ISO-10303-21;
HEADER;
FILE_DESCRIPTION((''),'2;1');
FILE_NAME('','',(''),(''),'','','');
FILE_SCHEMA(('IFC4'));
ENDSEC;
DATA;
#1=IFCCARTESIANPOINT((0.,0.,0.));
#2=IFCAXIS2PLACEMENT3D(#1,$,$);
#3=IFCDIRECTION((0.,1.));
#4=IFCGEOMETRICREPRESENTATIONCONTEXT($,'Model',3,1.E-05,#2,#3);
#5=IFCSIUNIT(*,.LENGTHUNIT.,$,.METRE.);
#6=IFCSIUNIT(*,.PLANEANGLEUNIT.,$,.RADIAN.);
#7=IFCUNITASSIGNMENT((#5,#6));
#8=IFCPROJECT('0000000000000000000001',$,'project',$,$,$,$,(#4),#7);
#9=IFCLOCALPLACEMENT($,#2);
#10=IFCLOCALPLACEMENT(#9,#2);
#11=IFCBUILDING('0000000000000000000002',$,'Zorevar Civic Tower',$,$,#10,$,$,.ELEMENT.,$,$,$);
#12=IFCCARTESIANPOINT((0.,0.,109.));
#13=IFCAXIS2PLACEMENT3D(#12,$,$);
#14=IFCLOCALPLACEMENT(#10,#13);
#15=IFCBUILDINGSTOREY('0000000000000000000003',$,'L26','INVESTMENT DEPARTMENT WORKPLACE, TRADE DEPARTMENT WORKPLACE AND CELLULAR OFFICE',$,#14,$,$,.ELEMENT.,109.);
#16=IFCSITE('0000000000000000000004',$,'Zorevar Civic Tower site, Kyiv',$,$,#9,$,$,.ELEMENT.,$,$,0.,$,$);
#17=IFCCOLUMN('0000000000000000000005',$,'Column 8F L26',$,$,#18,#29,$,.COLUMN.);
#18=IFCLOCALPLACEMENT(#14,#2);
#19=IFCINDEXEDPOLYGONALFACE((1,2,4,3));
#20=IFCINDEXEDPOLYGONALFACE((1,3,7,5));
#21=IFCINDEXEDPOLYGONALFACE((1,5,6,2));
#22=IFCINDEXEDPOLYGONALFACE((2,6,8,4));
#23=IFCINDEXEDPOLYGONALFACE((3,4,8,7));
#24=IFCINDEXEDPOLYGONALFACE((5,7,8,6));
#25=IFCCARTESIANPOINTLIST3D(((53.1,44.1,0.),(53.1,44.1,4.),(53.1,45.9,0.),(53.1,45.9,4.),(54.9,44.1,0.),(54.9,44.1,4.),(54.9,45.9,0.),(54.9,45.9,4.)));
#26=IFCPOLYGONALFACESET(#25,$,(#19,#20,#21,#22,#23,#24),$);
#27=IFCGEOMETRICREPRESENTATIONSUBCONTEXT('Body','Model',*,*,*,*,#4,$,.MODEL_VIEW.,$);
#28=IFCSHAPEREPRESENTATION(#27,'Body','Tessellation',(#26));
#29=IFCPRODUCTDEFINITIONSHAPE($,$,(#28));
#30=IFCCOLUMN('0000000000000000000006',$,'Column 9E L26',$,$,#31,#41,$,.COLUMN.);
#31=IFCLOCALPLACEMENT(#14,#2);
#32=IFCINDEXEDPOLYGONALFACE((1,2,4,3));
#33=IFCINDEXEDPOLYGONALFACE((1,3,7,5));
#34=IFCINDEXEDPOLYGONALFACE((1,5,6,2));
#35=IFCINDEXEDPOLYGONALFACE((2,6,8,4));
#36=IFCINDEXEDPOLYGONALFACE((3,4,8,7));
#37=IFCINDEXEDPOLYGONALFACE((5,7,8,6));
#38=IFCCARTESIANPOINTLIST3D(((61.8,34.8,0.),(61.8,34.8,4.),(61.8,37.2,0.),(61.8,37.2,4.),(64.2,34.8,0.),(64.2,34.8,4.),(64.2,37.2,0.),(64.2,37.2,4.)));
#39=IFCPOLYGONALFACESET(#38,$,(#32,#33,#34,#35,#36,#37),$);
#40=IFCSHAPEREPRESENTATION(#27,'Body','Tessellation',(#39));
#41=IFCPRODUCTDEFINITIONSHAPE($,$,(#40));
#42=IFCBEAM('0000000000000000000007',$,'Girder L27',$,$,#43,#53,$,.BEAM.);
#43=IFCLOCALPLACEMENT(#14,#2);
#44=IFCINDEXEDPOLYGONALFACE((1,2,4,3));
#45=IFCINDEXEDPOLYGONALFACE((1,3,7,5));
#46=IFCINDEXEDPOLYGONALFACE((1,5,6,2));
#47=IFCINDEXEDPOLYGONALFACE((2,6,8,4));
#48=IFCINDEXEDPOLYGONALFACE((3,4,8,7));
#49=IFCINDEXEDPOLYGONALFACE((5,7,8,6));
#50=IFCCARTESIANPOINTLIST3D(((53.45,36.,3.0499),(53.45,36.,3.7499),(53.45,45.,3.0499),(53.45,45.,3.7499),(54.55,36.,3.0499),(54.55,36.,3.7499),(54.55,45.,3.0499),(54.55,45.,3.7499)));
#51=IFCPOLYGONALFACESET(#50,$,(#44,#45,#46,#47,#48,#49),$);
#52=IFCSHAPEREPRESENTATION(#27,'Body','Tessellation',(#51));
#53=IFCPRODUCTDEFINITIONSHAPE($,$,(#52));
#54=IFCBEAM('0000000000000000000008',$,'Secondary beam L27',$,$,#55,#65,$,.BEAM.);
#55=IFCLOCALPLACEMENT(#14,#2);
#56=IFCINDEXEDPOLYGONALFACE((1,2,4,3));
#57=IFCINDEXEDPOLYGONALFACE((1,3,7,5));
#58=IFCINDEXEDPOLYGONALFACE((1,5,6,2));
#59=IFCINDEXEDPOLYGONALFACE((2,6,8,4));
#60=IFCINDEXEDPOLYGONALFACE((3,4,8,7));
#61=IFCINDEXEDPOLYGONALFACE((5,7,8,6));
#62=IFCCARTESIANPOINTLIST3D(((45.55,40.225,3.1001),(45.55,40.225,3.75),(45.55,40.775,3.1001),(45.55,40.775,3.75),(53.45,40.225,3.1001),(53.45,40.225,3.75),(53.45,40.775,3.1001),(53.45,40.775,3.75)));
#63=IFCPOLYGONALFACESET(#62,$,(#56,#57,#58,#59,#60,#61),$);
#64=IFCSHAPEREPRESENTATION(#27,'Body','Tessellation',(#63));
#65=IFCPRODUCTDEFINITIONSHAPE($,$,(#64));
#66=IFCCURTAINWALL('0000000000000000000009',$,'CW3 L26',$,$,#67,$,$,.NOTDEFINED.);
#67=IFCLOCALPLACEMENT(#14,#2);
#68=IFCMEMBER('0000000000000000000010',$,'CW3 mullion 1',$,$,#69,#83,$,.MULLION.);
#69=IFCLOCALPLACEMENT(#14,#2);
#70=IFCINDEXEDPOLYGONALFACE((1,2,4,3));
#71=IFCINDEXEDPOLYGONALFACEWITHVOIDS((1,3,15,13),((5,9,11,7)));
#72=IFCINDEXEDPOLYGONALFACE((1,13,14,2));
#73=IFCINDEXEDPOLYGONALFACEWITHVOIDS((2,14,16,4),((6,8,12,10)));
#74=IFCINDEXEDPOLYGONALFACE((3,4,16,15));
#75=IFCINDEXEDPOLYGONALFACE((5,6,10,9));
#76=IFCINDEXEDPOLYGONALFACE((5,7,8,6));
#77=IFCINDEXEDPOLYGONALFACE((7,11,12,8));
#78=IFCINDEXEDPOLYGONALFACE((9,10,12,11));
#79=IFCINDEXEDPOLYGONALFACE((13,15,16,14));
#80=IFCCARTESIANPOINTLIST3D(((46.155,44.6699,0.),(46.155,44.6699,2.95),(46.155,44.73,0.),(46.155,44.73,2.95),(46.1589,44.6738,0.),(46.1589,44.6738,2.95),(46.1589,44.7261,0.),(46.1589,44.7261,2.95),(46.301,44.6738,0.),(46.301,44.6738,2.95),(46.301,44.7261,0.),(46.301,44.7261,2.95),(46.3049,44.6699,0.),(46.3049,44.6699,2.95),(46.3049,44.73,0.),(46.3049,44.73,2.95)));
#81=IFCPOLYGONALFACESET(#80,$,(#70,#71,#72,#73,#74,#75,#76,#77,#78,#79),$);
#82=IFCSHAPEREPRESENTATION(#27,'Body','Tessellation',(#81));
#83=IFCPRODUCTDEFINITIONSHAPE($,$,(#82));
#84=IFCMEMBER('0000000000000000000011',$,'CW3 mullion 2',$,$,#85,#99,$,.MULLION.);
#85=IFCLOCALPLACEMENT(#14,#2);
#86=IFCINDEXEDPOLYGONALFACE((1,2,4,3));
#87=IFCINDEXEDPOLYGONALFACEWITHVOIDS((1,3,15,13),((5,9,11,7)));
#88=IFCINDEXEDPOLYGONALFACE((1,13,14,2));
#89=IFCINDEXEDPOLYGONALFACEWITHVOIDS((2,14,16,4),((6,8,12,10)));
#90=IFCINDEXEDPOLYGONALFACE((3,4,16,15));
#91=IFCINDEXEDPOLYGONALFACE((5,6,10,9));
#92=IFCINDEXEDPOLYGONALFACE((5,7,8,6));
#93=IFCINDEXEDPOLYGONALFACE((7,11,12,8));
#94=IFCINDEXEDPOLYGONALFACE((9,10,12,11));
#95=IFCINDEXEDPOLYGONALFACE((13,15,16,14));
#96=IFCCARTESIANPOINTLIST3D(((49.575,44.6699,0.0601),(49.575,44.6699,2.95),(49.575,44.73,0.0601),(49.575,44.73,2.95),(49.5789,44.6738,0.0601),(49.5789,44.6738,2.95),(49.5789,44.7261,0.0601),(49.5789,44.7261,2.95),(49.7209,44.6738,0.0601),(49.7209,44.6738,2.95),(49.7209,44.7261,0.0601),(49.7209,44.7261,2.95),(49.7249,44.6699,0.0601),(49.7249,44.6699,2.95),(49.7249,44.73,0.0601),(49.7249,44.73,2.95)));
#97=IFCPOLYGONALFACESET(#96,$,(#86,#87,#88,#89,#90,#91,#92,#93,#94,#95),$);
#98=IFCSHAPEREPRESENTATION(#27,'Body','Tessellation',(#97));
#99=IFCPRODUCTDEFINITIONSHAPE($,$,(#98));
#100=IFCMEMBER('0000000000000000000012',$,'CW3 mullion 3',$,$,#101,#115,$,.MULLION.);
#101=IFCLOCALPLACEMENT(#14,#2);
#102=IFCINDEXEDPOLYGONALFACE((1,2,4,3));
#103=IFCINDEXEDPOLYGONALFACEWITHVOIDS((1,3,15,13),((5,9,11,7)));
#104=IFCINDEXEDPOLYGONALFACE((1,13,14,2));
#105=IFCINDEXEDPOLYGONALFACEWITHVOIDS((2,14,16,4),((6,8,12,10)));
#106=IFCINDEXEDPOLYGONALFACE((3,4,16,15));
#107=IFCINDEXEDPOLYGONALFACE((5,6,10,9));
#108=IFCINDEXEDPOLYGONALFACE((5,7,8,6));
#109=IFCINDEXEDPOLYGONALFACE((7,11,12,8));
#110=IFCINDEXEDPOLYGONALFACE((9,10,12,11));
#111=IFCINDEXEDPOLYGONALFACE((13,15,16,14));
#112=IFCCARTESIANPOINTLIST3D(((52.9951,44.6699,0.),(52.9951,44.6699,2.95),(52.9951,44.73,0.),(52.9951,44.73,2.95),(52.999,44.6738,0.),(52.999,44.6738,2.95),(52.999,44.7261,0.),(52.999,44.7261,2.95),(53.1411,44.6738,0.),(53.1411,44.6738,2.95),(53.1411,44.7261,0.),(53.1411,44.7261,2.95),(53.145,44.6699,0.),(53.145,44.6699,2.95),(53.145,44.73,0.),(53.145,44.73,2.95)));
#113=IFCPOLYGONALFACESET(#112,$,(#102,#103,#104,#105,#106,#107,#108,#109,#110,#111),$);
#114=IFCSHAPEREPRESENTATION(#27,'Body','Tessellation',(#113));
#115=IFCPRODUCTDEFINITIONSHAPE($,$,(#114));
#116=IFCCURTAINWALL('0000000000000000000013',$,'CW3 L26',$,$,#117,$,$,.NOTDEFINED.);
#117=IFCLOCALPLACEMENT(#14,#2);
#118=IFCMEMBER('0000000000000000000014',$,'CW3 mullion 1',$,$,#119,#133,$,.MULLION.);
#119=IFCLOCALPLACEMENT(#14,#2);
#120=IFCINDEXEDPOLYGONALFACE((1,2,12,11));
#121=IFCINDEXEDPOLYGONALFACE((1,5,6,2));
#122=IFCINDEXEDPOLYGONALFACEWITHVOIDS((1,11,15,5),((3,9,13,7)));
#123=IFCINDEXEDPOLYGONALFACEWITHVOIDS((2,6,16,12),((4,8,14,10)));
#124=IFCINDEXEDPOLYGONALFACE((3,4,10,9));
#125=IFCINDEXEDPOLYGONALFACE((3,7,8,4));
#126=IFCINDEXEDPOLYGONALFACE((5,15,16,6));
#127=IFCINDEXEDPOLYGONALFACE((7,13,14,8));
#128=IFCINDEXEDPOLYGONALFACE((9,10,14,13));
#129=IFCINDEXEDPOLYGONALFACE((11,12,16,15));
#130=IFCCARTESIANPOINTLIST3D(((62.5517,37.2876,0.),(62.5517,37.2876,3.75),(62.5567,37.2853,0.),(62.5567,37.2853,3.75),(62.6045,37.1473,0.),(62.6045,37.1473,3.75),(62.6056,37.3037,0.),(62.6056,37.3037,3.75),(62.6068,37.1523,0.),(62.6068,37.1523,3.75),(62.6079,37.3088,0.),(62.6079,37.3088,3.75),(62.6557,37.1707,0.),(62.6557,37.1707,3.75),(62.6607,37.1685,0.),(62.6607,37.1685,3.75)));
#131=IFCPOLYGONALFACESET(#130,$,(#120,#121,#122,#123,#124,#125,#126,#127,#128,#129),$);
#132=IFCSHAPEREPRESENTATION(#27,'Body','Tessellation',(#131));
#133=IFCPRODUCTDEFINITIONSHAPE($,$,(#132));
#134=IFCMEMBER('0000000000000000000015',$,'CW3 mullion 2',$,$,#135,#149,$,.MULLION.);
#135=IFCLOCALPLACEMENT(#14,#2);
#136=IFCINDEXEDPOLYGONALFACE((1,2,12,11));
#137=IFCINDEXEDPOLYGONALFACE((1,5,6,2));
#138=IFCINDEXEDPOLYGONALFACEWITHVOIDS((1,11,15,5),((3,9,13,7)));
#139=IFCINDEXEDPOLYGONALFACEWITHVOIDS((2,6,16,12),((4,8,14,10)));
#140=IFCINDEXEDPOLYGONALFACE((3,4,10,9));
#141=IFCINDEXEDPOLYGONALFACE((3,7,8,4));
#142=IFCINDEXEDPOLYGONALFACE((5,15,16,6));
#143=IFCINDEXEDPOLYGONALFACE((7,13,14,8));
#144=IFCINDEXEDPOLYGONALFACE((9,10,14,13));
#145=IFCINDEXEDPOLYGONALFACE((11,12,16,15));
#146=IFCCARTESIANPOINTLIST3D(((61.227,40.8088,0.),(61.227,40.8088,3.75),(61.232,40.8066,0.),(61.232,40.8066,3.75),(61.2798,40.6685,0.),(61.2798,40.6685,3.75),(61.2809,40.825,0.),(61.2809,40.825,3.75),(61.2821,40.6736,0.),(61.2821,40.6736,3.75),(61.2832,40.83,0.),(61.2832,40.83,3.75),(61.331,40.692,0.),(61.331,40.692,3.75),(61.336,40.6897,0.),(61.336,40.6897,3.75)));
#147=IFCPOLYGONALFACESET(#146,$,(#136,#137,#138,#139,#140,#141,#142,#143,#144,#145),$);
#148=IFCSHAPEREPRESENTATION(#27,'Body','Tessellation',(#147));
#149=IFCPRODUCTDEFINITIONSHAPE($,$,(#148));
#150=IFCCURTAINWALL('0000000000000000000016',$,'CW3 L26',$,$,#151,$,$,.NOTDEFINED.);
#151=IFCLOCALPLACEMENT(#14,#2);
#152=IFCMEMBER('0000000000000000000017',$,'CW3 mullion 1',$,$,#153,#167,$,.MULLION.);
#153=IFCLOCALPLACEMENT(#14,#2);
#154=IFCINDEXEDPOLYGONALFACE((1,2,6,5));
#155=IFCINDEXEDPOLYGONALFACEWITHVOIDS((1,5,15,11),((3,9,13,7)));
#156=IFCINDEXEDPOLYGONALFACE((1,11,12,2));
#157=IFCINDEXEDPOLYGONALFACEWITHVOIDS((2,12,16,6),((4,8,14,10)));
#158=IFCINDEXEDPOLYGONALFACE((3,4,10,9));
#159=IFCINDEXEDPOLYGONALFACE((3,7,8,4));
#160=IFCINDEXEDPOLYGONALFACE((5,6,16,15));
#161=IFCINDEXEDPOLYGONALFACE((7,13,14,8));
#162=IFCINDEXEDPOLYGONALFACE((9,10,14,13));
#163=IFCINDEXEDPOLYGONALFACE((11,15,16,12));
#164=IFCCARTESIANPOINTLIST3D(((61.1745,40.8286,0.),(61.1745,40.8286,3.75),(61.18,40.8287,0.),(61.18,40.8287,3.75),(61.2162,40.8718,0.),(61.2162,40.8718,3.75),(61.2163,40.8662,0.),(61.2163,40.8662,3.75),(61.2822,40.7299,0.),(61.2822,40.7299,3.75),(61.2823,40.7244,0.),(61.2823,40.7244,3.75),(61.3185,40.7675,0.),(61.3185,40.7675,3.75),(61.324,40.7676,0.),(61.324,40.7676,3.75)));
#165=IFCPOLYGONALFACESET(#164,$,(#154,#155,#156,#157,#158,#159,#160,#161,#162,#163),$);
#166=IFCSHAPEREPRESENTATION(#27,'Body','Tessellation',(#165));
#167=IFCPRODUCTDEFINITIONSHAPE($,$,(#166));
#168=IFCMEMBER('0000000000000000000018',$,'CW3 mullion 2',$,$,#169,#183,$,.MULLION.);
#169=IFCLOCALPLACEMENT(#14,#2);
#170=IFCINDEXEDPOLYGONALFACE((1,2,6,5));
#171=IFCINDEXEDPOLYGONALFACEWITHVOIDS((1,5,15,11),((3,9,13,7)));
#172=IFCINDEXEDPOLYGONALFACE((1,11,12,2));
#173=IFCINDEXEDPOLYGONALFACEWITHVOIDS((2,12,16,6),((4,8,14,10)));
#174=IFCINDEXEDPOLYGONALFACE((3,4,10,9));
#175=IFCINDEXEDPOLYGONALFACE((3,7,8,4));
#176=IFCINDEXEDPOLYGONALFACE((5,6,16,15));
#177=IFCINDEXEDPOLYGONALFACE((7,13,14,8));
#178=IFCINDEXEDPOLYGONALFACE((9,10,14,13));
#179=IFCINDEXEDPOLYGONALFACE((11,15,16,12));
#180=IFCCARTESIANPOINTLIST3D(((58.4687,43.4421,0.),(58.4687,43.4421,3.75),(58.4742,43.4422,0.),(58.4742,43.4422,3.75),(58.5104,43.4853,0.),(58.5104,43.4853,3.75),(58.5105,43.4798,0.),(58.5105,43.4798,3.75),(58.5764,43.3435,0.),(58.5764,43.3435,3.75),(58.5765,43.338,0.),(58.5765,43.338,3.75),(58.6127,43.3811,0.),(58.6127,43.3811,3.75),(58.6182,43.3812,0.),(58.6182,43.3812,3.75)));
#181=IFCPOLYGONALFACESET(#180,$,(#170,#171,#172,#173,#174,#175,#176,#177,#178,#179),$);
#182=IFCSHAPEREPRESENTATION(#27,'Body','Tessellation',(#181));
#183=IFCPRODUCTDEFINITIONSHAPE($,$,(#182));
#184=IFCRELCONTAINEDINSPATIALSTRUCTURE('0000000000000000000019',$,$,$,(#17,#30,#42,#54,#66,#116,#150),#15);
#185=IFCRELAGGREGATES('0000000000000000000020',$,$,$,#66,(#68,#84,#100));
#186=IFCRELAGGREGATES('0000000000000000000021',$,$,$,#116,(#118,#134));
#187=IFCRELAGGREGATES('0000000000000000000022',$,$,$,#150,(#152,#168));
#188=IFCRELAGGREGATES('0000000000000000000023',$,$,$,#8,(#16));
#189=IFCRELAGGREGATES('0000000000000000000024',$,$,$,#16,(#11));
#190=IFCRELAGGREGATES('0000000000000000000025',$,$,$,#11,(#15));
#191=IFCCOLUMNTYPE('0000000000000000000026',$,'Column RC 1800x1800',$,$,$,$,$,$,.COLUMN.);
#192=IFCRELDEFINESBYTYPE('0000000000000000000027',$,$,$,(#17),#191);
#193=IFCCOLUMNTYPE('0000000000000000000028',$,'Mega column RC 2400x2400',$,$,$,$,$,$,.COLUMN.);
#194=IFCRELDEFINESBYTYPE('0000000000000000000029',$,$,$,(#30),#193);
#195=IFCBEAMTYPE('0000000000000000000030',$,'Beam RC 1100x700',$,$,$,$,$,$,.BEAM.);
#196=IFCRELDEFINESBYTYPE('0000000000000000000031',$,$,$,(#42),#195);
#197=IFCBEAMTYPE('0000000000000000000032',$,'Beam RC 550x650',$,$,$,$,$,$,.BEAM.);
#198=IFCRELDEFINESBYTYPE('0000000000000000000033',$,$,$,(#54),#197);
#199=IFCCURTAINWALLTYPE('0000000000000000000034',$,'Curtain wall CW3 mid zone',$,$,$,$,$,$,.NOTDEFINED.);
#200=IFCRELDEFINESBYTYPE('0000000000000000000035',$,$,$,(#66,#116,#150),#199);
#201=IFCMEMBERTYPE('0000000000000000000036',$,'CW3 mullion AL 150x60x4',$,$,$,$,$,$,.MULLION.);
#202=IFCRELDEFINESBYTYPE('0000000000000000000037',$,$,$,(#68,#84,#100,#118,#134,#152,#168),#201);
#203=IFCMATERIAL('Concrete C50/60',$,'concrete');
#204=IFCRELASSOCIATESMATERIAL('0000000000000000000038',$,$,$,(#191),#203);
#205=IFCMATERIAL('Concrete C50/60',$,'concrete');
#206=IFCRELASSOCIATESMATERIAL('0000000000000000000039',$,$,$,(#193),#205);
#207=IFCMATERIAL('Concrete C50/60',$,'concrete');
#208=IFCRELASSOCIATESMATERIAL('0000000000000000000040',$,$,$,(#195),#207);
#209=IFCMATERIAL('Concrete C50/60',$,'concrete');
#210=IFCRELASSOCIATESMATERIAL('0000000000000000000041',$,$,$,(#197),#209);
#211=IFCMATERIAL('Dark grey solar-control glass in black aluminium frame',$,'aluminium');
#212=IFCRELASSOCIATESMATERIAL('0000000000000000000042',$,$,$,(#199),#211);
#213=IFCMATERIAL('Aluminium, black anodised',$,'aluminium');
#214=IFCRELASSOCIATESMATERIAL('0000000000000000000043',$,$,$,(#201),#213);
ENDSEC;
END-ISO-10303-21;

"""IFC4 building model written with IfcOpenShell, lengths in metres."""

from ifc_helpers import new_model, si_unit, direction, frame, origin, origin_2d, place, context, subcontext, project, spatial, rectangle, hollow_rectangle, extrude, material, material_profile, profile_set, type_object, element, aggregate, save


model = new_model("IFC4")

# Units and contexts
model_context = context("Model", 3, precision=1e-05, world=origin(), true_north=direction((0.0, 1.0)))
body_context = subcontext(model_context, "Body", "Model", "MODEL_VIEW")
ifc_project = project(units=[si_unit("LENGTHUNIT", "METRE"), si_unit("PLANEANGLEUNIT", "RADIAN")], contexts=[model_context])

# Site, building, storey
site_placement = place(None, origin())
site = spatial("IfcSite", under=ifc_project, at=site_placement, Name="Zorevar Civic Tower site, Kyiv", CompositionType="ELEMENT", RefElevation=0.0)
building_placement = place(site_placement, origin())
building = spatial("IfcBuilding", under=site, at=building_placement, Name="Zorevar Civic Tower", CompositionType="ELEMENT")
storey_placement = place(building_placement, frame((0.0, 0.0, 109.0)))
storey = spatial("IfcBuildingStorey", under=building, at=storey_placement, Name="L26", Description="INVESTMENT DEPARTMENT WORKPLACE, TRADE DEPARTMENT WORKPLACE AND CELLULAR OFFICE", CompositionType="ELEMENT", Elevation=109.0)

# Columns
ifc_material_1 = material(Name="Concrete C50/60", Category="concrete")
ifc_material_profile_1 = material_profile(ifc_material_1, rectangle(XDim=1.8, YDim=1.8, at=origin_2d()), Name="RC 1800x1800")
ifc_profile_set_1 = profile_set([ifc_material_profile_1], Name="Concrete C50/60")
column_type_1 = type_object("IfcColumnType", Name="Column RC 1800x1800", PredefinedType="COLUMN", material=ifc_profile_set_1)
column_1_placement = place(storey_placement, frame((54.0, 45.0, 0.0), z_axis=(0.0, 0.0, 1.0), x_axis=(1.0, 0.0, 0.0)))
element("IfcColumn", 1, at=column_1_placement, inside=storey, type_object=column_type_1, Name="Column 8F L26", PredefinedType="COLUMN", context=body_context, shape_type="SweptSolid", body=[
    extrude(rectangle(XDim=1.8, YDim=1.8, at=origin_2d()), origin(), (0.0, 0.0, 1.0), 4.0),
])
ifc_material_2 = material(Name="Concrete C50/60", Category="concrete")
ifc_material_profile_2 = material_profile(ifc_material_2, rectangle(XDim=2.3999, YDim=2.3999, at=origin_2d()), Name="RC 2400x2400")
ifc_profile_set_2 = profile_set([ifc_material_profile_2], Name="Concrete C50/60")
column_type_2 = type_object("IfcColumnType", Name="Mega column RC 2400x2400", PredefinedType="COLUMN", material=ifc_profile_set_2)
column_2_placement = place(storey_placement, frame((63.0, 36.0, 0.0), z_axis=(0.0, 0.0, 1.0), x_axis=(1.0, 0.0, 0.0)))
element("IfcColumn", 2, at=column_2_placement, inside=storey, type_object=column_type_2, Name="Column 9E L26", PredefinedType="COLUMN", context=body_context, shape_type="SweptSolid", body=[
    extrude(rectangle(XDim=2.3999, YDim=2.3999, at=origin_2d()), origin(), (0.0, 0.0, 1.0), 4.0),
])

# Beams
ifc_material_3 = material(Name="Concrete C50/60", Category="concrete")
ifc_material_profile_3 = material_profile(ifc_material_3, rectangle(XDim=1.1001, YDim=0.7, at=origin_2d()), Name="RC 1100x700")
ifc_profile_set_3 = profile_set([ifc_material_profile_3], Name="Concrete C50/60")
beam_type_1 = type_object("IfcBeamType", Name="Beam RC 1100x700", PredefinedType="BEAM", material=ifc_profile_set_3)
beam_1_placement = place(storey_placement, frame((54.0, 36.0, 3.3999), z_axis=(0.0, 1.0, 0.0), x_axis=(-1.0, 0.0, 0.0)))
element("IfcBeam", 3, at=beam_1_placement, inside=storey, type_object=beam_type_1, Name="Girder L27", PredefinedType="BEAM", context=body_context, shape_type="SweptSolid", body=[
    extrude(rectangle(XDim=1.1001, YDim=0.7, at=origin_2d()), origin(), (0.0, 0.0, 1.0), 9.0),
])
ifc_material_4 = material(Name="Concrete C50/60", Category="concrete")
ifc_material_profile_4 = material_profile(ifc_material_4, rectangle(XDim=0.55, YDim=0.6499, at=origin_2d()), Name="RC 550x650")
ifc_profile_set_4 = profile_set([ifc_material_profile_4], Name="Concrete C50/60")
beam_type_2 = type_object("IfcBeamType", Name="Beam RC 550x650", PredefinedType="BEAM", material=ifc_profile_set_4)
beam_2_placement = place(storey_placement, frame((45.55, 40.5, 3.425), z_axis=(1.0, 0.0, 0.0), x_axis=(0.0, 1.0, 0.0)))
element("IfcBeam", 4, at=beam_2_placement, inside=storey, type_object=beam_type_2, Name="Secondary beam L27", PredefinedType="BEAM", context=body_context, shape_type="SweptSolid", body=[
    extrude(rectangle(XDim=0.55, YDim=0.6499, at=origin_2d()), origin(), (0.0, 0.0, 1.0), 7.8999),
])

# Curtain walls, members
ifc_material_5 = material(Name="Dark grey solar-control glass in black aluminium frame", Category="aluminium")
curtain_wall_type = type_object("IfcCurtainWallType", Name="Curtain wall CW3 mid zone", PredefinedType="NOTDEFINED", material=ifc_material_5)
curtain_wall_1_placement = place(storey_placement, origin())
curtain_wall_1 = element("IfcCurtainWall", 5, at=curtain_wall_1_placement, inside=storey, type_object=curtain_wall_type, Name="CW3 L26", PredefinedType="NOTDEFINED")
ifc_material_6 = material(Name="Aluminium, black anodised", Category="aluminium")
ifc_material_profile_5 = material_profile(ifc_material_6, hollow_rectangle(XDim=0.0601, YDim=0.1499, WallThickness=0.0039, at=origin_2d()), Name="AL 150x60x4")
ifc_profile_set_5 = profile_set([ifc_material_profile_5], Name="Aluminium, black anodised")
member_type_1 = type_object("IfcMemberType", Name="CW3 mullion AL 150x60x4", PredefinedType="MULLION", material=ifc_profile_set_5)
member_1_placement = place(storey_placement, frame((46.23, 44.7, 0.0), z_axis=(0.0, 0.0, 1.0), x_axis=(0.0, 1.0, 0.0)))
member_1 = element("IfcMember", 6, at=member_1_placement, type_object=member_type_1, Name="CW3 mullion 1", PredefinedType="MULLION", context=body_context, shape_type="SweptSolid", body=[
    extrude(hollow_rectangle(XDim=0.0601, YDim=0.1499, WallThickness=0.0039, at=origin_2d()), origin(), (0.0, 0.0, 1.0), 2.95),
])
member_2_placement = place(storey_placement, frame((49.6499, 44.7, 0.0601), z_axis=(0.0, 0.0, 1.0), x_axis=(0.0, 1.0, 0.0)))
member_2 = element("IfcMember", 7, at=member_2_placement, type_object=member_type_1, Name="CW3 mullion 2", PredefinedType="MULLION", context=body_context, shape_type="SweptSolid", body=[
    extrude(hollow_rectangle(XDim=0.0601, YDim=0.1499, WallThickness=0.0039, at=origin_2d()), origin(), (0.0, 0.0, 1.0), 2.8899),
])
member_3_placement = place(storey_placement, frame((53.0701, 44.7, 0.0), z_axis=(0.0, 0.0, 1.0), x_axis=(0.0, 1.0, 0.0)))
member_3 = element("IfcMember", 8, at=member_3_placement, type_object=member_type_1, Name="CW3 mullion 3", PredefinedType="MULLION", context=body_context, shape_type="SweptSolid", body=[
    extrude(hollow_rectangle(XDim=0.0601, YDim=0.1499, WallThickness=0.0039, at=origin_2d()), origin(), (0.0, 0.0, 1.0), 2.95),
])
curtain_wall_2_placement = place(storey_placement, origin())
curtain_wall_2 = element("IfcCurtainWall", 9, at=curtain_wall_2_placement, inside=storey, type_object=curtain_wall_type, Name="CW3 L26", PredefinedType="NOTDEFINED")
member_4_placement = place(storey_placement, frame((62.6062, 37.228, 0.0), z_axis=(0.0, 0.0, 1.0), x_axis=(-0.935951, -0.352132, 0.0)))
member_4 = element("IfcMember", 10, at=member_4_placement, type_object=member_type_1, Name="CW3 mullion 1", PredefinedType="MULLION", context=body_context, shape_type="SweptSolid", body=[
    extrude(hollow_rectangle(XDim=0.0601, YDim=0.1499, WallThickness=0.0039, at=origin_2d()), origin(), (0.0, 0.0, 1.0), 3.75),
])
member_5_placement = place(storey_placement, frame((61.2815, 40.7493, 0.0), z_axis=(0.0, 0.0, 1.0), x_axis=(-0.935951, -0.352132, 0.0)))
member_5 = element("IfcMember", 11, at=member_5_placement, type_object=member_type_1, Name="CW3 mullion 2", PredefinedType="MULLION", context=body_context, shape_type="SweptSolid", body=[
    extrude(hollow_rectangle(XDim=0.0601, YDim=0.1499, WallThickness=0.0039, at=origin_2d()), origin(), (0.0, 0.0, 1.0), 3.75),
])
curtain_wall_3_placement = place(storey_placement, origin())
curtain_wall_3 = element("IfcCurtainWall", 12, at=curtain_wall_3_placement, inside=storey, type_object=curtain_wall_type, Name="CW3 L26", PredefinedType="NOTDEFINED")
member_6_placement = place(storey_placement, frame((61.2493, 40.7981, 0.0), z_axis=(0.0, 0.0, 1.0), x_axis=(-0.694719, -0.719281, 0.0)))
member_6 = element("IfcMember", 13, at=member_6_placement, type_object=member_type_1, Name="CW3 mullion 1", PredefinedType="MULLION", context=body_context, shape_type="SweptSolid", body=[
    extrude(hollow_rectangle(XDim=0.0601, YDim=0.1499, WallThickness=0.0039, at=origin_2d()), origin(), (0.0, 0.0, 1.0), 3.75),
])
member_7_placement = place(storey_placement, frame((58.5435, 43.4116, 0.0), z_axis=(0.0, 0.0, 1.0), x_axis=(-0.694719, -0.719281, 0.0)))
member_7 = element("IfcMember", 14, at=member_7_placement, type_object=member_type_1, Name="CW3 mullion 2", PredefinedType="MULLION", context=body_context, shape_type="SweptSolid", body=[
    extrude(hollow_rectangle(XDim=0.0601, YDim=0.1499, WallThickness=0.0039, at=origin_2d()), origin(), (0.0, 0.0, 1.0), 3.75),
])

aggregate(curtain_wall_1, [member_1, member_2, member_3])
aggregate(curtain_wall_2, [member_4, member_5])
aggregate(curtain_wall_3, [member_6, member_7])

save(model, "model.ifc")
